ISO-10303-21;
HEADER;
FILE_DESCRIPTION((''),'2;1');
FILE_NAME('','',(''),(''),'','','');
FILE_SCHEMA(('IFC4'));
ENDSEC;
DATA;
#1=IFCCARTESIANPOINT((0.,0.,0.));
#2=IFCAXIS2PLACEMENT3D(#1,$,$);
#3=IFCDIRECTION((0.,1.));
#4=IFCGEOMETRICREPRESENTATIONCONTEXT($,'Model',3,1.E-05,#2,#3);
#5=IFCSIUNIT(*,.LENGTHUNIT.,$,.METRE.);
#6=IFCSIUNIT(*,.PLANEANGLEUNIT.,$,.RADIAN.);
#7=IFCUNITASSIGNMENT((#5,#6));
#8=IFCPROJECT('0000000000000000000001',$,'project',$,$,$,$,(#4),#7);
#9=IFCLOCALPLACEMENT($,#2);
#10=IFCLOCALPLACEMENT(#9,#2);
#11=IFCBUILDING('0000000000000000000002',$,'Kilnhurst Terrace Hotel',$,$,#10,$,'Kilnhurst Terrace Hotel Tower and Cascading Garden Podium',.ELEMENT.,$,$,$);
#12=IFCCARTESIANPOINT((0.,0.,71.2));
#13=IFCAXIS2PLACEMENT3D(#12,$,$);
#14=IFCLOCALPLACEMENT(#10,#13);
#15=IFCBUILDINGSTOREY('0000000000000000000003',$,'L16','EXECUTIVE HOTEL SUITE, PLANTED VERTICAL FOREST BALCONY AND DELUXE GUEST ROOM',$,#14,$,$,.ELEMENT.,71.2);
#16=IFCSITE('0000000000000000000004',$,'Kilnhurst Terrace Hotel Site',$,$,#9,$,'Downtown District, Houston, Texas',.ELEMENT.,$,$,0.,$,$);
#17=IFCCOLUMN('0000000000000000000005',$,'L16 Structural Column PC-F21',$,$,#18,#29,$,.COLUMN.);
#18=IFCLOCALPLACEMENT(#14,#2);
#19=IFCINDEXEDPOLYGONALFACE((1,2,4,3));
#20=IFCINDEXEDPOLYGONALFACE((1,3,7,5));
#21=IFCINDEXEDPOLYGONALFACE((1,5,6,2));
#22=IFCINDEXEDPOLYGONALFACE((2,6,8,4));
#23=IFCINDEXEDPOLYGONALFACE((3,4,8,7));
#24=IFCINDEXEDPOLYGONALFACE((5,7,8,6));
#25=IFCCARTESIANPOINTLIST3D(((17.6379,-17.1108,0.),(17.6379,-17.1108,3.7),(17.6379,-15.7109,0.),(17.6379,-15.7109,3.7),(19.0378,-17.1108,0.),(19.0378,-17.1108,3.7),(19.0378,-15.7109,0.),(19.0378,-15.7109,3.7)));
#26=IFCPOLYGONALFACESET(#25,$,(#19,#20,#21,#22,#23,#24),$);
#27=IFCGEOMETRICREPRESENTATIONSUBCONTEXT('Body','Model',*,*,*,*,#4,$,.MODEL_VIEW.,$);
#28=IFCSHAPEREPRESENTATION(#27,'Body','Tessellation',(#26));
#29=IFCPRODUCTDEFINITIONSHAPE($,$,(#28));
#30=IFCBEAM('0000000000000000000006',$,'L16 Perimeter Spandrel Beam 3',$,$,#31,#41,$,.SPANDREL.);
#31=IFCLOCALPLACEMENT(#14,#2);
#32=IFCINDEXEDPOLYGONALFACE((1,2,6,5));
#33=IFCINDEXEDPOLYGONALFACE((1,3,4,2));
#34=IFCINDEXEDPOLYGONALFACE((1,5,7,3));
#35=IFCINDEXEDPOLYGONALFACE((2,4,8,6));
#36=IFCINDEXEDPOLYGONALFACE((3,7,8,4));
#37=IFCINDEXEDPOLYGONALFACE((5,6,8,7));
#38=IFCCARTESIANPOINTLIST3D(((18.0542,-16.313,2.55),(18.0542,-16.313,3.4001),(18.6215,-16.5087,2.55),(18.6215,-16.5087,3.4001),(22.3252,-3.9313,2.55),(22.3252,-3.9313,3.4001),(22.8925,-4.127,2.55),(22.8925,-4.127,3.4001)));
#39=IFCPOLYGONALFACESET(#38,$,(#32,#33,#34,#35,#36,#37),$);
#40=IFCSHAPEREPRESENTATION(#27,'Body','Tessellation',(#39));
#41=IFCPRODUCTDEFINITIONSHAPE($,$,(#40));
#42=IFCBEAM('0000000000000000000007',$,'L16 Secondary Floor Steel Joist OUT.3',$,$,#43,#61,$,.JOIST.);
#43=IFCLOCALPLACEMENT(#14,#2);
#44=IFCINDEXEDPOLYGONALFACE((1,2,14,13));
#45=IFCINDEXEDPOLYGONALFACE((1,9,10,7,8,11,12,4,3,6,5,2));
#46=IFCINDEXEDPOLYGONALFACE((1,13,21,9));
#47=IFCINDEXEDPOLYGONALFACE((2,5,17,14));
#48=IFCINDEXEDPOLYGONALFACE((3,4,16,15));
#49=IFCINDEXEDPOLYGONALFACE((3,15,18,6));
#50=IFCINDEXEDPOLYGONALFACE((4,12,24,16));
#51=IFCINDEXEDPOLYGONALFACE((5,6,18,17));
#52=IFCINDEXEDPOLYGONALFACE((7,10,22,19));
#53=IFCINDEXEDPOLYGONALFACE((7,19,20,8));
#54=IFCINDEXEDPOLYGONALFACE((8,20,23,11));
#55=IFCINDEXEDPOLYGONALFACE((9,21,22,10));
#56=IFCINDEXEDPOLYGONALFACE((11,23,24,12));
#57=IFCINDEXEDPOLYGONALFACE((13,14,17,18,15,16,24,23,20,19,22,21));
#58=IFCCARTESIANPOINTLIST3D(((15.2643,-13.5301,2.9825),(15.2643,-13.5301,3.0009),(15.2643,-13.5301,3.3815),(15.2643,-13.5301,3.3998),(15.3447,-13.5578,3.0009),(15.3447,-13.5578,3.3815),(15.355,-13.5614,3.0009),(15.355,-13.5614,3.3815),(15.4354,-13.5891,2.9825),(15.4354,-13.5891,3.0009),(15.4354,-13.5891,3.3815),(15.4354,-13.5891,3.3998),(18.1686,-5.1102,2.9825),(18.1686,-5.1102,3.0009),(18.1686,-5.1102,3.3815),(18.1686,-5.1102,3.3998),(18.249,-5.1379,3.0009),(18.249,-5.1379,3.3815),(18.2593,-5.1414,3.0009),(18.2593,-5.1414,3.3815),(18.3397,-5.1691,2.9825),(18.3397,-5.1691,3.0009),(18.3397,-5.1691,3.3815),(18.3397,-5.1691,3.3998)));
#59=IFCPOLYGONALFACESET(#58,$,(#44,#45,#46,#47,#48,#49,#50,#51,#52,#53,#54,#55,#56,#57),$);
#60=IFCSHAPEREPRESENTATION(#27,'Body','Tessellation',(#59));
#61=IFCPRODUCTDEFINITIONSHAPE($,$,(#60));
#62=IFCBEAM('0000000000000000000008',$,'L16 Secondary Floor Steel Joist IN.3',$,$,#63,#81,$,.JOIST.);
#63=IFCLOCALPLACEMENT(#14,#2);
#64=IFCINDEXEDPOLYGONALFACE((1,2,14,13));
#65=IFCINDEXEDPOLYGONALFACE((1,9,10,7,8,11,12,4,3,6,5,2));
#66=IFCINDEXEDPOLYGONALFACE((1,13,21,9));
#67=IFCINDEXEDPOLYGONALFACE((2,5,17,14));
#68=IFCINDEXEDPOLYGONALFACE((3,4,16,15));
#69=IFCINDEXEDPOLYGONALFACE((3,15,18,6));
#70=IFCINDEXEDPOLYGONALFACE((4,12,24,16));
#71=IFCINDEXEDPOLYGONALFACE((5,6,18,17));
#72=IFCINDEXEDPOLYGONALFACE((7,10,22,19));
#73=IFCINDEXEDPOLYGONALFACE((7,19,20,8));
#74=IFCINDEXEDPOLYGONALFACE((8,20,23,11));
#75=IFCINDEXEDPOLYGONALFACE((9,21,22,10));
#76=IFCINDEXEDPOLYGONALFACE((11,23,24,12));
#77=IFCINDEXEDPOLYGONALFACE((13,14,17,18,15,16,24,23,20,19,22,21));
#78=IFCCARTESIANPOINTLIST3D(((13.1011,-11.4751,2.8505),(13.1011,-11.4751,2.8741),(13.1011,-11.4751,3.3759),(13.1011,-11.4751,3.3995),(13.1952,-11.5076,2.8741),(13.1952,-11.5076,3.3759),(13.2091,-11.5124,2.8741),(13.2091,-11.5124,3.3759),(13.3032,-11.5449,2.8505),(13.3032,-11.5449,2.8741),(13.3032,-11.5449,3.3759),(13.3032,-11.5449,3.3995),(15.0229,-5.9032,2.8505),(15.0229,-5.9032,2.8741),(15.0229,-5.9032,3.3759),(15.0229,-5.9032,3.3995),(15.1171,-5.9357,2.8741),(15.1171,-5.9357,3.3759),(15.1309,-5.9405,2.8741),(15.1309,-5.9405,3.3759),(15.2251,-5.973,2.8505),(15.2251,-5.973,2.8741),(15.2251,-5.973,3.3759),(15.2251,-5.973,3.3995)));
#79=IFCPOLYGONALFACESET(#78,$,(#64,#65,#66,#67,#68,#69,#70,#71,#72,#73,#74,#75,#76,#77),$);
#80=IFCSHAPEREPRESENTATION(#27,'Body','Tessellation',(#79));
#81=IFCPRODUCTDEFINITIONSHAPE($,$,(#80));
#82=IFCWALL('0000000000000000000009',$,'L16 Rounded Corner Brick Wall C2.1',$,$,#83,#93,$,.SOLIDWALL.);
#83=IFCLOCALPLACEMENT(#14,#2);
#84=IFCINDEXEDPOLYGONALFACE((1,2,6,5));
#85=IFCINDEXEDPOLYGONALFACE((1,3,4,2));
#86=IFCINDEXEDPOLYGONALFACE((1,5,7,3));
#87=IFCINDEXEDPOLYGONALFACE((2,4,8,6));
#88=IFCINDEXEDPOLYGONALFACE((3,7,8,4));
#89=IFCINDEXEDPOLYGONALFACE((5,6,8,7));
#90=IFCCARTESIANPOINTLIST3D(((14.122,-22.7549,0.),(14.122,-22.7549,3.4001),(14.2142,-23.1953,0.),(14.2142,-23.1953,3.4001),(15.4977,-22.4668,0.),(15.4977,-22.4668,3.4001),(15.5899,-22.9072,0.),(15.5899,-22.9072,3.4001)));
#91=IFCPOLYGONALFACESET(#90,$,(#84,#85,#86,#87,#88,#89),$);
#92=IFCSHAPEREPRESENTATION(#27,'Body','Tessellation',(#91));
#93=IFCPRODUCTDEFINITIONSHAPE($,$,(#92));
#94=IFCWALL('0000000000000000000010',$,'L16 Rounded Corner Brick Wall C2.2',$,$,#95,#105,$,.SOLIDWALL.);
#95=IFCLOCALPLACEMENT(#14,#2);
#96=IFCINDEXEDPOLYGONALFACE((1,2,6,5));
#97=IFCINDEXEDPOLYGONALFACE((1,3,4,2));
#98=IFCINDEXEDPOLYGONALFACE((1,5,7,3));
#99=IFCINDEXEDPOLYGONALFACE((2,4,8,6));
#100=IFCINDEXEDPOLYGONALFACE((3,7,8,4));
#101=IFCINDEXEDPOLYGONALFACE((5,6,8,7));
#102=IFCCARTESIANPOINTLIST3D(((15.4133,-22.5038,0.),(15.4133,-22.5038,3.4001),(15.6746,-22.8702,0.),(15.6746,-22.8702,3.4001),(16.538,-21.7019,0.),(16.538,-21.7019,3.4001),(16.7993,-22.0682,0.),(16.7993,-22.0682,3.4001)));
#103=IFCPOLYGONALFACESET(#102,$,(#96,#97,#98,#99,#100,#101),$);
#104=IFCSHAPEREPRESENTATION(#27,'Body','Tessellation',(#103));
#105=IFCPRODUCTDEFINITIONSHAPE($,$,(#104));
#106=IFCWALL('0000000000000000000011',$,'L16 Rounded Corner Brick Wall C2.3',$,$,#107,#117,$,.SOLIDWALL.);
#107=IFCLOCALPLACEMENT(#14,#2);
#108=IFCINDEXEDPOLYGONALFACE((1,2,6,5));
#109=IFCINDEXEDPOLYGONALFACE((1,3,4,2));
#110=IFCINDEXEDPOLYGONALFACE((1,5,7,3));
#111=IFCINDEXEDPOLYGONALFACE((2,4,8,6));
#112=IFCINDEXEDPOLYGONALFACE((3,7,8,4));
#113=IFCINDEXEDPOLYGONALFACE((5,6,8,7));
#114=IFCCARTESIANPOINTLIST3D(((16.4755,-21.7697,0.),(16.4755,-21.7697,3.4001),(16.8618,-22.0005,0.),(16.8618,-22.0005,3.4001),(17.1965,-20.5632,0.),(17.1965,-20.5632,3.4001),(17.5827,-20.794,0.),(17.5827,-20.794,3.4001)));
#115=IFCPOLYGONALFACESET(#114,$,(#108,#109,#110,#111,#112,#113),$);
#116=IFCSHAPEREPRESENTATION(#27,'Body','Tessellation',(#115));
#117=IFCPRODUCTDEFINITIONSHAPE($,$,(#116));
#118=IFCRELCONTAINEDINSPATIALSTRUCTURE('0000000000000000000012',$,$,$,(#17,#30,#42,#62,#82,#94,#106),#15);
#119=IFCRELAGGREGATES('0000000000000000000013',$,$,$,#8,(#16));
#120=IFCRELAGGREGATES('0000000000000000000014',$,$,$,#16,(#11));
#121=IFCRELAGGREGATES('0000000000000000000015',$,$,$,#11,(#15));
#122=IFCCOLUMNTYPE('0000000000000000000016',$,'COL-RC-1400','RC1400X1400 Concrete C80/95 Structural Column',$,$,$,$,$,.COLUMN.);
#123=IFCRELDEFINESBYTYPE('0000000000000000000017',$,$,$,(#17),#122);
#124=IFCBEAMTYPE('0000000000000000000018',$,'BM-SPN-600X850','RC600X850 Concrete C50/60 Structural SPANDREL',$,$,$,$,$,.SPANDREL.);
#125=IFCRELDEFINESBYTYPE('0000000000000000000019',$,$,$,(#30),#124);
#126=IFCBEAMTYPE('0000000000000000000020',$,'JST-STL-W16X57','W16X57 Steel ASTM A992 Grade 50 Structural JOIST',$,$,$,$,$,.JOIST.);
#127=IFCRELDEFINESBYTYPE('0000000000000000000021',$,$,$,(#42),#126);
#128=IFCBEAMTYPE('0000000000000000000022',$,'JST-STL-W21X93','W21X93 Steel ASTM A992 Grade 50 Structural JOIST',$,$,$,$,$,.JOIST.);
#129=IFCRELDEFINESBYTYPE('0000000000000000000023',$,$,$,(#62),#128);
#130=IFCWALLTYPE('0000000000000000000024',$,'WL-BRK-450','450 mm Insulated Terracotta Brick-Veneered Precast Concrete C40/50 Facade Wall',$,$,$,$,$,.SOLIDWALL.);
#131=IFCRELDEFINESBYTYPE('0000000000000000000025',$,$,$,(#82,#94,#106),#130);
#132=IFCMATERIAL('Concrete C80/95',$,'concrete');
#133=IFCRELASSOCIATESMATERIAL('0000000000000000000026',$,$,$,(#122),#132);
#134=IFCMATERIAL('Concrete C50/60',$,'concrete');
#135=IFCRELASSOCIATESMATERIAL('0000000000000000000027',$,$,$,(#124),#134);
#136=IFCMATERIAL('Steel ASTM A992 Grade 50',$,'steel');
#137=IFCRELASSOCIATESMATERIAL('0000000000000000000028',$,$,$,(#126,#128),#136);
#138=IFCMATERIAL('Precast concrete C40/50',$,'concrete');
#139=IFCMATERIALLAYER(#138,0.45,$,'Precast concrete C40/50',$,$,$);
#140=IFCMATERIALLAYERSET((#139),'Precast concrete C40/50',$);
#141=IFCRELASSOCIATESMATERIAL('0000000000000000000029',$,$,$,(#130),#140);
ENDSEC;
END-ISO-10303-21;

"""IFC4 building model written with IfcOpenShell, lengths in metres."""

from ifc_helpers import new_model, si_unit, direction, frame, frame_2d, origin, origin_2d, place, context, subcontext, project, spatial, rectangle, i_section, extrude, material, layer, layer_set, material_profile, profile_set, type_object, element, save


model = new_model("IFC4")

# Units and contexts
model_context = context("Model", 3, precision=1e-05, world=origin(), true_north=direction((0.0, 1.0)))
body_context = subcontext(model_context, "Body", "Model", "MODEL_VIEW")
ifc_project = project(units=[si_unit("LENGTHUNIT", "METRE"), si_unit("PLANEANGLEUNIT", "RADIAN")], contexts=[model_context])

# Site, building, storey
site_placement = place(None, origin())
site = spatial("IfcSite", under=ifc_project, at=site_placement, Name="Kilnhurst Terrace Hotel Site", LongName="Downtown District, Houston, Texas", CompositionType="ELEMENT", RefElevation=0.0)
building_placement = place(site_placement, origin())
building = spatial("IfcBuilding", under=site, at=building_placement, Name="Kilnhurst Terrace Hotel", LongName="Kilnhurst Terrace Hotel Tower and Cascading Garden Podium", CompositionType="ELEMENT")
storey_placement = place(building_placement, frame((0.0, 0.0, 71.2)))
storey = spatial("IfcBuildingStorey", under=building, at=storey_placement, Name="L16", Description="EXECUTIVE HOTEL SUITE, PLANTED VERTICAL FOREST BALCONY AND DELUXE GUEST ROOM", CompositionType="ELEMENT", Elevation=71.2)

# Column
ifc_material_1 = material(Name="Concrete C80/95", Category="concrete")
ifc_material_profile_1 = material_profile(ifc_material_1, rectangle(XDim=1.3999, YDim=1.3999, at=origin_2d()), Name="RC1400X1400")
ifc_profile_set_1 = profile_set([ifc_material_profile_1], Name="Concrete C80/95")
column_type = type_object("IfcColumnType", Name="COL-RC-1400", Description="RC1400X1400 Concrete C80/95 Structural Column", PredefinedType="COLUMN", material=ifc_profile_set_1)
column_placement = place(storey_placement, frame((18.3379, -16.4109, 0.0), z_axis=(0.0, 0.0, 1.0), x_axis=(1.0, 0.0, 0.0)))
element("IfcColumn", 1, at=column_placement, inside=storey, type_object=column_type, Name="L16 Structural Column PC-F21", PredefinedType="COLUMN", context=body_context, shape_type="SweptSolid", body=[
    extrude(rectangle(XDim=1.3999, YDim=1.3999, at=origin_2d()), origin(), (0.0, 0.0, 1.0), 3.7),
])

# Beams
ifc_material_2 = material(Name="Concrete C50/60", Category="concrete")
ifc_material_profile_2 = material_profile(ifc_material_2, rectangle(XDim=0.6001, YDim=0.8501, at=origin_2d()), Name="RC600X850")
ifc_profile_set_2 = profile_set([ifc_material_profile_2], Name="Concrete C50/60")
beam_type_1 = type_object("IfcBeamType", Name="BM-SPN-600X850", Description="RC600X850 Concrete C50/60 Structural SPANDREL", PredefinedType="SPANDREL", material=ifc_profile_set_2)
beam_1_placement = place(storey_placement, frame((18.3379, -16.4109, 2.9751), z_axis=(0.326086, 0.94534, 0.0), x_axis=(-0.94534, 0.326086, 0.0)))
element("IfcBeam", 2, at=beam_1_placement, inside=storey, type_object=beam_type_1, Name="L16 Perimeter Spandrel Beam 3", PredefinedType="SPANDREL", context=body_context, shape_type="SweptSolid", body=[
    extrude(rectangle(XDim=0.6001, YDim=0.8501, at=origin_2d()), origin(), (0.0, 0.0, 1.0), 13.0977),
])
ifc_material_3 = material(Name="Steel ASTM A992 Grade 50", Category="steel")
ifc_material_profile_3 = material_profile(ifc_material_3, i_section(OverallWidth=0.1809, OverallDepth=0.4172, WebThickness=0.011, FlangeThickness=0.0183, at=origin_2d()), Name="W16X57")
ifc_profile_set_3 = profile_set([ifc_material_profile_3], Name="Steel ASTM A992 Grade 50")
beam_type_2 = type_object("IfcBeamType", Name="JST-STL-W16X57", Description="W16X57 Steel ASTM A992 Grade 50 Structural JOIST", PredefinedType="JOIST", material=ifc_profile_set_3)
beam_2_placement = place(storey_placement, frame((15.3499, -13.5596, 3.1912), z_axis=(0.326079, 0.945343, 0.0), x_axis=(-0.945343, 0.326079, 0.0)))
element("IfcBeam", 3, at=beam_2_placement, inside=storey, type_object=beam_type_2, Name="L16 Secondary Floor Steel Joist OUT.3", PredefinedType="JOIST", context=body_context, shape_type="SweptSolid", body=[
    extrude(i_section(OverallWidth=0.1809, OverallDepth=0.4172, WebThickness=0.011, FlangeThickness=0.0183, at=origin_2d()), origin(), (0.0, 0.0, 1.0), 8.9067),
])
ifc_material_profile_4 = material_profile(ifc_material_3, i_section(OverallWidth=0.2139, OverallDepth=0.5491, WebThickness=0.0146, FlangeThickness=0.0237, at=origin_2d()), Name="W21X93")
ifc_profile_set_4 = profile_set([ifc_material_profile_4], Name="Steel ASTM A992 Grade 50")
beam_type_3 = type_object("IfcBeamType", Name="JST-STL-W21X93", Description="W21X93 Steel ASTM A992 Grade 50 Structural JOIST", PredefinedType="JOIST", material=ifc_profile_set_4)
beam_3_placement = place(storey_placement, frame((13.2021, -11.51, 3.125), z_axis=(0.326065, 0.945347, 0.0), x_axis=(-0.945347, 0.326065, 0.0)))
element("IfcBeam", 4, at=beam_3_placement, inside=storey, type_object=beam_type_3, Name="L16 Secondary Floor Steel Joist IN.3", PredefinedType="JOIST", context=body_context, shape_type="SweptSolid", body=[
    extrude(i_section(OverallWidth=0.2139, OverallDepth=0.5491, WebThickness=0.0146, FlangeThickness=0.0237, at=origin_2d()), origin(), (0.0, 0.0, 1.0), 5.894),
])

# Walls
ifc_material_4 = material(Name="Precast concrete C40/50", Category="concrete")
ifc_layer_1 = layer(ifc_material_4, 0.45, Name="Precast concrete C40/50")
ifc_layer_set_1 = layer_set([ifc_layer_1], Name="Precast concrete C40/50")
wall_type_1 = type_object("IfcWallType", Name="WL-BRK-450", Description="450 mm Insulated Terracotta Brick-Veneered Precast Concrete C40/50 Facade Wall", PredefinedType="SOLIDWALL", material=ifc_layer_set_1)
wall_1_placement = place(storey_placement, frame((14.1682, -22.9751, 0.0), z_axis=(0.0, 0.0, 1.0), x_axis=(0.97877, 0.20496, 0.0)))
element("IfcWall", 5, at=wall_1_placement, inside=storey, type_object=wall_type_1, Name="L16 Rounded Corner Brick Wall C2.1", PredefinedType="SOLIDWALL", context=body_context, shape_type="SweptSolid", body=[
    extrude(rectangle(XDim=1.4055, YDim=0.45, at=frame_2d((0.7026, 0.0))), origin(), (0.0, 0.0, 1.0), 3.4001),
])
wall_2_placement = place(storey_placement, frame((15.5439, -22.687, 0.0), z_axis=(0.0, 0.0, 1.0), x_axis=(0.814211, 0.580569, 0.0)))
element("IfcWall", 6, at=wall_2_placement, inside=storey, type_object=wall_type_1, Name="L16 Rounded Corner Brick Wall C2.2", PredefinedType="SOLIDWALL", context=body_context, shape_type="SweptSolid", body=[
    extrude(rectangle(XDim=1.3813, YDim=0.45, at=frame_2d((0.6907, 0.0))), origin(), (0.0, 0.0, 1.0), 3.4001),
])
wall_3_placement = place(storey_placement, frame((16.6687, -21.885, 0.0), z_axis=(0.0, 0.0, 1.0), x_axis=(0.512937, 0.858426, 0.0)))
element("IfcWall", 7, at=wall_3_placement, inside=storey, type_object=wall_type_1, Name="L16 Rounded Corner Brick Wall C2.3", PredefinedType="SOLIDWALL", context=body_context, shape_type="SweptSolid", body=[
    extrude(rectangle(XDim=1.4055, YDim=0.45, at=frame_2d((0.7026, 0.0))), origin(), (0.0, 0.0, 1.0), 3.4001),
])

save(model, "model.ifc")
